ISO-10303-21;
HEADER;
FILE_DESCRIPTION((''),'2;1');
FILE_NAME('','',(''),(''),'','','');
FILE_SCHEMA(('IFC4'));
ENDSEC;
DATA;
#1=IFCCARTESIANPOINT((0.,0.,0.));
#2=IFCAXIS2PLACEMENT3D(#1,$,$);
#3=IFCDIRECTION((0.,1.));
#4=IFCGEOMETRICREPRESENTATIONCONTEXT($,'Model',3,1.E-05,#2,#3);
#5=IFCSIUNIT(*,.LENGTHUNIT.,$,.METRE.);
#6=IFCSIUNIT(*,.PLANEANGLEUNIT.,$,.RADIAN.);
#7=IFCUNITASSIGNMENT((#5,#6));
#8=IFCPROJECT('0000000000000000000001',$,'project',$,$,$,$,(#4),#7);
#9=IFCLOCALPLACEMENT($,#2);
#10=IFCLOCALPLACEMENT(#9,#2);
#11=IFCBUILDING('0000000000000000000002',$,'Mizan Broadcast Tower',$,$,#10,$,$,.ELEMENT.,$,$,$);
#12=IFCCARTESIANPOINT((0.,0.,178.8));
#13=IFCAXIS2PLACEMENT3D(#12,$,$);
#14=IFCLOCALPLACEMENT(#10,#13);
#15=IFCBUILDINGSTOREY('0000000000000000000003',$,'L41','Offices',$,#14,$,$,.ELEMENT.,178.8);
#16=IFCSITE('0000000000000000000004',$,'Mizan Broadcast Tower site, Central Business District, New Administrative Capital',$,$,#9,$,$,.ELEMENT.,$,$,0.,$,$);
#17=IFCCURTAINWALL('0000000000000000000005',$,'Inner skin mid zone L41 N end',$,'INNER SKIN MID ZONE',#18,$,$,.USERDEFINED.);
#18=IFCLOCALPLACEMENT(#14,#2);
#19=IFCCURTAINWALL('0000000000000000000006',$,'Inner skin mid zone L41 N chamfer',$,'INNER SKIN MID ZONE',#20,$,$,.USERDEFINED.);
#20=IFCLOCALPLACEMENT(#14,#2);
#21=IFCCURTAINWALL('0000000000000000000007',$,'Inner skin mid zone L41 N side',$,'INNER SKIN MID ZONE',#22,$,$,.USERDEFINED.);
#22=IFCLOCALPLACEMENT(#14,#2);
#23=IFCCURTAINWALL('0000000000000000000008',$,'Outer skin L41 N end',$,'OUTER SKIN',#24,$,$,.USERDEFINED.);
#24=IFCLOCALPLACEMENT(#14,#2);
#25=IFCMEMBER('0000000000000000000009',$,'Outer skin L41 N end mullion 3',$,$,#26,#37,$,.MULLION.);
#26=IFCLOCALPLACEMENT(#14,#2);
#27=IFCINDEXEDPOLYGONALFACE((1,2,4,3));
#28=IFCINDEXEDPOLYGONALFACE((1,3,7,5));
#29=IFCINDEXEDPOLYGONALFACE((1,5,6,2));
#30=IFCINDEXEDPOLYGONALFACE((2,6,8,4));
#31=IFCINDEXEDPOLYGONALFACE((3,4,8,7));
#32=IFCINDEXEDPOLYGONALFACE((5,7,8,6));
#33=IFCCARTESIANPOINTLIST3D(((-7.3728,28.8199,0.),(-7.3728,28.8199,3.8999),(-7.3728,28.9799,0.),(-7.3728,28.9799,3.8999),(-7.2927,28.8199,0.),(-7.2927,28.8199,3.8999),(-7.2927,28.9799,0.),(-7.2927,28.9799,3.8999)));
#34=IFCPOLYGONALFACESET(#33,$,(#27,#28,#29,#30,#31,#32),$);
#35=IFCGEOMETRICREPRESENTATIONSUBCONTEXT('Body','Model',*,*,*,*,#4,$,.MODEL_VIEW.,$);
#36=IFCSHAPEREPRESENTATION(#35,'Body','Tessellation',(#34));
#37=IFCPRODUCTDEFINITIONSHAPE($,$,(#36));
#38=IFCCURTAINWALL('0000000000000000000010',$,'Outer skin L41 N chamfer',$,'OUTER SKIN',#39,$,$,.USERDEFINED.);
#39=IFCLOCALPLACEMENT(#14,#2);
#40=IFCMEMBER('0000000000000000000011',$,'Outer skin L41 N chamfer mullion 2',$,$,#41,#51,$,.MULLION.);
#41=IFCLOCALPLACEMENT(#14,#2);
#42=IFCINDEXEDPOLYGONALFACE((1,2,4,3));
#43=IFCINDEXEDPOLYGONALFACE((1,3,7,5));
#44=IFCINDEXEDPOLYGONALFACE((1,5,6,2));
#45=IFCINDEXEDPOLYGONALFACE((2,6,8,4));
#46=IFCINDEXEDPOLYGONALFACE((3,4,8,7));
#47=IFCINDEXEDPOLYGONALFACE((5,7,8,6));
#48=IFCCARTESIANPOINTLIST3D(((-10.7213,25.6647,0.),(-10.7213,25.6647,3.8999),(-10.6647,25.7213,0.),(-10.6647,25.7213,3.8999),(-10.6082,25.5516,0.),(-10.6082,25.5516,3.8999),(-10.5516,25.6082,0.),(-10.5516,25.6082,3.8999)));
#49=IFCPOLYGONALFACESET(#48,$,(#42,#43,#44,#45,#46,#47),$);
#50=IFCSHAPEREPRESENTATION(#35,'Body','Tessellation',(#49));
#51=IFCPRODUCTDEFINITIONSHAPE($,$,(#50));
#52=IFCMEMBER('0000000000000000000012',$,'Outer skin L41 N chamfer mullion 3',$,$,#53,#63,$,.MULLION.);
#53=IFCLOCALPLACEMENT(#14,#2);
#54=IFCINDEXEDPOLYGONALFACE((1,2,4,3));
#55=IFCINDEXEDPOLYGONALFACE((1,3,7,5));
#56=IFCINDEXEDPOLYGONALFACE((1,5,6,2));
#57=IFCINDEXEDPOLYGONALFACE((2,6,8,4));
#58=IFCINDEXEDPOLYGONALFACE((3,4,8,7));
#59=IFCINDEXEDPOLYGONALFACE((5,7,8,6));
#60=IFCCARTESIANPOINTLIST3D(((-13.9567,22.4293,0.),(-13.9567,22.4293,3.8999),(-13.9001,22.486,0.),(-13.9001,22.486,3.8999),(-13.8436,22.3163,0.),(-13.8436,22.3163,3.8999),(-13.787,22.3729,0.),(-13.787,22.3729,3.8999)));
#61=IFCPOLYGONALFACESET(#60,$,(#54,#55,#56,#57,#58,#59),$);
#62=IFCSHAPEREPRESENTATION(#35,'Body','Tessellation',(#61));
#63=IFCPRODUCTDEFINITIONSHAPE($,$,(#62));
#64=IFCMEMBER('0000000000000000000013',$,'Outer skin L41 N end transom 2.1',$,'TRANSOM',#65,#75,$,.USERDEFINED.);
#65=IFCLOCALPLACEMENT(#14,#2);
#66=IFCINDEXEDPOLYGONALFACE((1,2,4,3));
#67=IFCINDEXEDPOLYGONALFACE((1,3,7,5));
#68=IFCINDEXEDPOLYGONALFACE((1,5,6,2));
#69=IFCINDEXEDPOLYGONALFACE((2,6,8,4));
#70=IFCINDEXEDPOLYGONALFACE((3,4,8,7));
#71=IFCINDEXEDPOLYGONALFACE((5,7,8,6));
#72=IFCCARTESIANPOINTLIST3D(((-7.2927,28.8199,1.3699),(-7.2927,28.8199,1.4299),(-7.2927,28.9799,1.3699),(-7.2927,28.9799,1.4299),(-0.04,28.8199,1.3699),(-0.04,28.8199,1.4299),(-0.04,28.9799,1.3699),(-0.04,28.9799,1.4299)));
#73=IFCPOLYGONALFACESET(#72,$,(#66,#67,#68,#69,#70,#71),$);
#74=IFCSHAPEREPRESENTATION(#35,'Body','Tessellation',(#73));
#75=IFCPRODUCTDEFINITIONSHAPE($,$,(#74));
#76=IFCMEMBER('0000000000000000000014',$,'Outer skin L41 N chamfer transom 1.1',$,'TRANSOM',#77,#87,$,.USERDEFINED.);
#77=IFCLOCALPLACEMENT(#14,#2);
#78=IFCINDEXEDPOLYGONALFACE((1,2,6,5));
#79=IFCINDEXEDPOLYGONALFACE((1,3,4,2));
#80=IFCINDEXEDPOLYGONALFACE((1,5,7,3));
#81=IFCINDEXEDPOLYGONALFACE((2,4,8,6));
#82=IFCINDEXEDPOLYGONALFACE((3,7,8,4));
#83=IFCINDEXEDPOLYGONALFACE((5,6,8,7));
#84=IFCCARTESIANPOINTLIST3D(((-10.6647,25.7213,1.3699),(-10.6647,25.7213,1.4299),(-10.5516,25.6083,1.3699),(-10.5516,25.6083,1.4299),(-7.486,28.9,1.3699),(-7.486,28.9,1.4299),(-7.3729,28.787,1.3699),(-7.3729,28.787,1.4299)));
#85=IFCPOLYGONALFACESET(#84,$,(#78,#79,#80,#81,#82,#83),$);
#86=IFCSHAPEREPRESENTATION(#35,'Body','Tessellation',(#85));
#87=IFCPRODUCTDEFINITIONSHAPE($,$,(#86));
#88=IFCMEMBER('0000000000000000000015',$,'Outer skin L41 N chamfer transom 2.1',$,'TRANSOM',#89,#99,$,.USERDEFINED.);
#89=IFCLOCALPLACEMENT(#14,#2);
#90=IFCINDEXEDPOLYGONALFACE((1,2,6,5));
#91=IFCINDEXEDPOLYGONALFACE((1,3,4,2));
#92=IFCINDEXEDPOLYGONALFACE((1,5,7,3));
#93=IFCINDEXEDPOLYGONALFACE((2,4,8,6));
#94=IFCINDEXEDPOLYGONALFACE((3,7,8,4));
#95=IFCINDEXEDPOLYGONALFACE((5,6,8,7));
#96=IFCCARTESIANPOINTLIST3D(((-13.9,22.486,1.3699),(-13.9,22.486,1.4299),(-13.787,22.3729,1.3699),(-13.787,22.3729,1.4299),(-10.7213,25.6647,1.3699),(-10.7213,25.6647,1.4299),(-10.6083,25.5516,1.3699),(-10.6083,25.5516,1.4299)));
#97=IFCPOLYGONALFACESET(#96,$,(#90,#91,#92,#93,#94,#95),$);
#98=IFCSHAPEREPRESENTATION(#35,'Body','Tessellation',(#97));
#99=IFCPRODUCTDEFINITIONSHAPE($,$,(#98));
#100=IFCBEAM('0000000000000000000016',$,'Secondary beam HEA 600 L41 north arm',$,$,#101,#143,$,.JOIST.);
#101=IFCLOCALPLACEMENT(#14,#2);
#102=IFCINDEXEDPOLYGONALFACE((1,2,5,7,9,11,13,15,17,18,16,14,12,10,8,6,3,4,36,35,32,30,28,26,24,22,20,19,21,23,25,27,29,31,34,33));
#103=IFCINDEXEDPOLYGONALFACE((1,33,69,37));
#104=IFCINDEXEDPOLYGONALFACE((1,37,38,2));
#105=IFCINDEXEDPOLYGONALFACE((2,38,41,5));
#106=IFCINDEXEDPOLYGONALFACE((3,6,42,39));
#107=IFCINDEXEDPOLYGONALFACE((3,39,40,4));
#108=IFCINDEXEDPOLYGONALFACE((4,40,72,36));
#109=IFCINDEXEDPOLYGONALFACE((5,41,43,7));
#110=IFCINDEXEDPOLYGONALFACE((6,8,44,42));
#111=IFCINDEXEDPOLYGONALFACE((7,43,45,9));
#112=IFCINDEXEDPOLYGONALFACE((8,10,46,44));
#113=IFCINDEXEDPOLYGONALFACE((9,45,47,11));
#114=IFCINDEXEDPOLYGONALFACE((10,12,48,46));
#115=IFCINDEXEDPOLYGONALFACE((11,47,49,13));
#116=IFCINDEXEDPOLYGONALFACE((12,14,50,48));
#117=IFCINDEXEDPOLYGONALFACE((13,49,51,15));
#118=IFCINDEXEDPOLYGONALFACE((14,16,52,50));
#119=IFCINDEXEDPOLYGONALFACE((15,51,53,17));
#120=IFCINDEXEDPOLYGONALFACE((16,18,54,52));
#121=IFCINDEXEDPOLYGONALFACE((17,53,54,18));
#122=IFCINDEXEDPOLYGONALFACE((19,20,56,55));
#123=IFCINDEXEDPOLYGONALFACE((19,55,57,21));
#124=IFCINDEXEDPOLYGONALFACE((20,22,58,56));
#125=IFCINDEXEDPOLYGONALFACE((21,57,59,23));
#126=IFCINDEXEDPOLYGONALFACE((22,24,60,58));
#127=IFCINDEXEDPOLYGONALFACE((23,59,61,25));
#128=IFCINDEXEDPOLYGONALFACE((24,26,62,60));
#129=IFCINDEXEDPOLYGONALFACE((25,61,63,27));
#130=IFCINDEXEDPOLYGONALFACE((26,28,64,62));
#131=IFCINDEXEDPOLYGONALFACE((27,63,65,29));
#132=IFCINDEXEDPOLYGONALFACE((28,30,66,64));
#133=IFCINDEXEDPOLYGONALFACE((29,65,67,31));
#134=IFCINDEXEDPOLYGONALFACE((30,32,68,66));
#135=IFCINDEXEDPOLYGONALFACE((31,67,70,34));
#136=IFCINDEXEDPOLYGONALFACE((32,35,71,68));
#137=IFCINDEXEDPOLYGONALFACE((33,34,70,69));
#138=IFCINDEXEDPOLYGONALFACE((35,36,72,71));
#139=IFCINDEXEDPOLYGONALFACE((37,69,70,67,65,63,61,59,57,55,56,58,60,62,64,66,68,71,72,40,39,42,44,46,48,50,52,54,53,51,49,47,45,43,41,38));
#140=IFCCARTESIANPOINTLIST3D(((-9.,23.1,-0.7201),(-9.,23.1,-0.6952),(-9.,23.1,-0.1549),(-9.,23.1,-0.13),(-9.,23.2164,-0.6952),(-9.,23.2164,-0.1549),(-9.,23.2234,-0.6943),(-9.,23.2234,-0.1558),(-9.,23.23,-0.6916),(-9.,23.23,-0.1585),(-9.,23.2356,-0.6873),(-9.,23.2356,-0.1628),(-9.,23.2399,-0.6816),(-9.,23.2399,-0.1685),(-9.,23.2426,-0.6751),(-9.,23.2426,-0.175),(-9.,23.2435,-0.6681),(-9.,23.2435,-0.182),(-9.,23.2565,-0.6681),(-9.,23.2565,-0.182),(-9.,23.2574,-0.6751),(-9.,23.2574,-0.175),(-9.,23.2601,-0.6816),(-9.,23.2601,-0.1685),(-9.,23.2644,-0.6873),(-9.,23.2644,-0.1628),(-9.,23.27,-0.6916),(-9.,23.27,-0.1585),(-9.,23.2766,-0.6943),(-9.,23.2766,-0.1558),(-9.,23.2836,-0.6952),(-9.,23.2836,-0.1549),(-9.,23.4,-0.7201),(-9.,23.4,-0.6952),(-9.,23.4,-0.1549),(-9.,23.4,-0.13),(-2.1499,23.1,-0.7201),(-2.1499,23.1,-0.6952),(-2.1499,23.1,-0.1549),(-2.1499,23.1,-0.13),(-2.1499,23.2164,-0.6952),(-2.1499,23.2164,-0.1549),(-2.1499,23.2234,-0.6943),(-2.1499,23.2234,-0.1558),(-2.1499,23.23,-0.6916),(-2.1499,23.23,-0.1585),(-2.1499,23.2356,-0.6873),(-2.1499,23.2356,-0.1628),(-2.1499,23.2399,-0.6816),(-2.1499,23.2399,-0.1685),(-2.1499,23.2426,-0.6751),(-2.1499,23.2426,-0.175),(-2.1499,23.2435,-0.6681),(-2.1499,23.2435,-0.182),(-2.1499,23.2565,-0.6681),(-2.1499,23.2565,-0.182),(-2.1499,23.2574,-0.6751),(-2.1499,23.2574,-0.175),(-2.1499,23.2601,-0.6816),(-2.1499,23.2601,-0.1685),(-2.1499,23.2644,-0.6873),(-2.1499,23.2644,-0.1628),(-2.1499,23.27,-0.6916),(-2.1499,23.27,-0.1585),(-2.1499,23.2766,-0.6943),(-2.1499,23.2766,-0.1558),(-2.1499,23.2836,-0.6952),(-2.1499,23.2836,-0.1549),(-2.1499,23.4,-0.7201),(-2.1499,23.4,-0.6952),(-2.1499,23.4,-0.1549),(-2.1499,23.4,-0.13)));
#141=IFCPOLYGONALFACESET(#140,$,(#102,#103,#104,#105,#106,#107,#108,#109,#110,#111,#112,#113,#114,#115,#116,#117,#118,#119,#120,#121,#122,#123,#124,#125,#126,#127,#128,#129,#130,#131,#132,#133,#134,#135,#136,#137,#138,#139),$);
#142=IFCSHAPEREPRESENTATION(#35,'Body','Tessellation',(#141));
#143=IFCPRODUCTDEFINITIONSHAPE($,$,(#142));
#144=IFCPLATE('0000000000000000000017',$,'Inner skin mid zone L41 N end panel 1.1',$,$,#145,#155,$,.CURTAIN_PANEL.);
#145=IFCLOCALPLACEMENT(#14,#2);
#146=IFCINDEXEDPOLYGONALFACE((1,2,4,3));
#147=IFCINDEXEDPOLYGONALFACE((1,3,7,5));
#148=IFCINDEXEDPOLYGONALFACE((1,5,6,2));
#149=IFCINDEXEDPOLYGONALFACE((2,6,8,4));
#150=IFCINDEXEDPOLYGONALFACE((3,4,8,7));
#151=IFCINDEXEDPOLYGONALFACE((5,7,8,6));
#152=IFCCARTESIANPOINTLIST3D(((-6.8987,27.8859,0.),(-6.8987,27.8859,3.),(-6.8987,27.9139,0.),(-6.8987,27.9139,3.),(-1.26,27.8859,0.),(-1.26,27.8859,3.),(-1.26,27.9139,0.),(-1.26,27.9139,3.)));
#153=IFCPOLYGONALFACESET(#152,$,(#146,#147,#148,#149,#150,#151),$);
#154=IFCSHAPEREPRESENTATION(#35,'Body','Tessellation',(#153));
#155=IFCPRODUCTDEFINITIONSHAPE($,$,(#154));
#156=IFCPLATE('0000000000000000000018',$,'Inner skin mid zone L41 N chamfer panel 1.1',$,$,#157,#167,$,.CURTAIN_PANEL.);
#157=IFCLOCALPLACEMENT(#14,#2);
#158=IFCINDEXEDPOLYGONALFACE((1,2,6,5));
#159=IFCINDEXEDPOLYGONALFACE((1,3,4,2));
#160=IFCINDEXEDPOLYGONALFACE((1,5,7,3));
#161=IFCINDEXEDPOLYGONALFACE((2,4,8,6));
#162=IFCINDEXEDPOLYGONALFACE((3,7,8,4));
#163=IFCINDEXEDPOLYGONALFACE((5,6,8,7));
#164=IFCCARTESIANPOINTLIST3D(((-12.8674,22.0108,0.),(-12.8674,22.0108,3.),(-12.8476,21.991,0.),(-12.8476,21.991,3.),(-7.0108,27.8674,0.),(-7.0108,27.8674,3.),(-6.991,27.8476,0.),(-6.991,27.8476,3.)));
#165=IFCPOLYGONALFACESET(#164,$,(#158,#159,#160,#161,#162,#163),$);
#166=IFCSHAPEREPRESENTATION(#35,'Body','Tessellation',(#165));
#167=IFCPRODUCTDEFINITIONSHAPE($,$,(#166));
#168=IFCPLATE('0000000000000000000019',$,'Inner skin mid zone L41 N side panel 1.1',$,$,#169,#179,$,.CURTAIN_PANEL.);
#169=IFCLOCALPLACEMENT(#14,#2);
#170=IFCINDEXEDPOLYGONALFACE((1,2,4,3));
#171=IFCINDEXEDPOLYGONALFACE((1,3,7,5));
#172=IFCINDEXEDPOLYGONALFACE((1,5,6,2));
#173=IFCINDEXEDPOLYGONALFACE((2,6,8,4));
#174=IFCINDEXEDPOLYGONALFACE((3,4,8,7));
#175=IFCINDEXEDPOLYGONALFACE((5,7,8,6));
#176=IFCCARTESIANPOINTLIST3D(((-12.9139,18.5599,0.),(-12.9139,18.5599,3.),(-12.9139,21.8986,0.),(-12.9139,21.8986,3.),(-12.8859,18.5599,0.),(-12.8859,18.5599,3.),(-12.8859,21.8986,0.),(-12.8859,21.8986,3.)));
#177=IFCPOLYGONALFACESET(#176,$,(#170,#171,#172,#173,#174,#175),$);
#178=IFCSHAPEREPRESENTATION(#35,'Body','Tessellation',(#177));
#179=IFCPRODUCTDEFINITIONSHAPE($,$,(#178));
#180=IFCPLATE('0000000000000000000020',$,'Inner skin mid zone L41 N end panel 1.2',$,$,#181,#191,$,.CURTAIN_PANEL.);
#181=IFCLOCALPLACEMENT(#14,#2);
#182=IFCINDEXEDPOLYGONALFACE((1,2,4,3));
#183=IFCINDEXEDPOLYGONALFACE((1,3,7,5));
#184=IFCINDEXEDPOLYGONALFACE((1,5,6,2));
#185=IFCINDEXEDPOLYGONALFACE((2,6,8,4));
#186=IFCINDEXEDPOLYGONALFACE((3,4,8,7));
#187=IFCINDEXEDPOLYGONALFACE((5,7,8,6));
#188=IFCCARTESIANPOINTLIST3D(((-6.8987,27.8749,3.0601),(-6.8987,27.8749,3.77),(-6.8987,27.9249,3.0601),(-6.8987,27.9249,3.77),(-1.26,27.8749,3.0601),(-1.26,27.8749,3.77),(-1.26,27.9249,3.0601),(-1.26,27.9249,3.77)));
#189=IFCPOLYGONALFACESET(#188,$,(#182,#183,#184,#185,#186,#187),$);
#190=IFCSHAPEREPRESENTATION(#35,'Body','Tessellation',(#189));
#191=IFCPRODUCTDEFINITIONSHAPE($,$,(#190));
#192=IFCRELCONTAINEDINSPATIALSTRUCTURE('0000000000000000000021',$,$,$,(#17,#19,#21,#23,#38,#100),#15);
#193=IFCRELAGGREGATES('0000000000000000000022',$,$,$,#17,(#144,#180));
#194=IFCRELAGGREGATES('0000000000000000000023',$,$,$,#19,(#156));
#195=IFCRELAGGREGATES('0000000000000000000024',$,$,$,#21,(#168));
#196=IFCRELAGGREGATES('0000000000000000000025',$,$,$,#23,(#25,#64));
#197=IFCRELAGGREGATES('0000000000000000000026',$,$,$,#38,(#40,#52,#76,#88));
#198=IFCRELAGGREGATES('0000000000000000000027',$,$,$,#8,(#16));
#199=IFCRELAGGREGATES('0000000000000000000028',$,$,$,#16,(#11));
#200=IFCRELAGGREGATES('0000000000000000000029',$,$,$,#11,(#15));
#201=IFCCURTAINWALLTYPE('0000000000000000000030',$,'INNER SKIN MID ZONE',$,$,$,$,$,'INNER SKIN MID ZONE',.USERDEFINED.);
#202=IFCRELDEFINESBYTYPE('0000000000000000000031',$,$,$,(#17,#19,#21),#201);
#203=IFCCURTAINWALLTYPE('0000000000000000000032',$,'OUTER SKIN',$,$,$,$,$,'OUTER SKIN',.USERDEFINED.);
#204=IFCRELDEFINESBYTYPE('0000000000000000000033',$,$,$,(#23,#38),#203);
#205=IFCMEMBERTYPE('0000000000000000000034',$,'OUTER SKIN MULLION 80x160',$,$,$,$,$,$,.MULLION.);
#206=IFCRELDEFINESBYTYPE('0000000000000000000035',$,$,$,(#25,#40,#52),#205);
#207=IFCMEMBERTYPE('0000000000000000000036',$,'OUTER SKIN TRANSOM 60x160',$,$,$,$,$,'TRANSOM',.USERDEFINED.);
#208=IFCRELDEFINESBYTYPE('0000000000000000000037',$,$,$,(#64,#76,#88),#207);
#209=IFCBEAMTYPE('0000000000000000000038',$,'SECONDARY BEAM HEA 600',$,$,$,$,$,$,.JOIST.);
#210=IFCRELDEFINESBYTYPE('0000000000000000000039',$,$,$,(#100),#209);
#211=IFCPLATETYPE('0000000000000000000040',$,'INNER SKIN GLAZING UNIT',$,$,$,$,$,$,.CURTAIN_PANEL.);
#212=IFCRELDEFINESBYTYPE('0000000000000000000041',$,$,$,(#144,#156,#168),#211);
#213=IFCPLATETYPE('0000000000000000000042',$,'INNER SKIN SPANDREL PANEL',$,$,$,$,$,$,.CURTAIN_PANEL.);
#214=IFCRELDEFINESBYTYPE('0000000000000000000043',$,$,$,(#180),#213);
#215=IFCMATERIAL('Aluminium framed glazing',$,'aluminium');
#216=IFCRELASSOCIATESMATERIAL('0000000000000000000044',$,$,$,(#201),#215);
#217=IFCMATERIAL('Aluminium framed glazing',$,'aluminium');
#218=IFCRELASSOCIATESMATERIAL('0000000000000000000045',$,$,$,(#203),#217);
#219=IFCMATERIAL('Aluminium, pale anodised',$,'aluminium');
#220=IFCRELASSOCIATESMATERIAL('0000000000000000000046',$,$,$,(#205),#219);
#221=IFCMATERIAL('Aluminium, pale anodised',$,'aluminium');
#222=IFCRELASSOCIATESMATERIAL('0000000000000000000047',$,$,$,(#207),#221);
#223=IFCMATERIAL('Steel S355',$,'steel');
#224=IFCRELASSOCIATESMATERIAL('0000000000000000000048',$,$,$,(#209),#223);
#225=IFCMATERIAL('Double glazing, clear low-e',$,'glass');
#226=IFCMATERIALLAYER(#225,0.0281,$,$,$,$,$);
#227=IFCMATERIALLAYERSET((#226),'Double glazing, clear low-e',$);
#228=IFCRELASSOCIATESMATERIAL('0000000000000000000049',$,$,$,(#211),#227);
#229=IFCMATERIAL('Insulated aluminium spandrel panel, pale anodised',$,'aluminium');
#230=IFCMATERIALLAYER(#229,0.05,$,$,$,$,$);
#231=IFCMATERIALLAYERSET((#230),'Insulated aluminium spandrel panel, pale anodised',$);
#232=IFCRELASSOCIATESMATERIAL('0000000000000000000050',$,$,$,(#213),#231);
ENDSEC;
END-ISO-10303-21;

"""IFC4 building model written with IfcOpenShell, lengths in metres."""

from ifc_helpers import new_model, si_unit, direction, frame, origin, origin_2d, place, context, subcontext, project, spatial, rectangle, i_section, extrude, material, layer, layer_set, material_profile, profile_set, type_object, element, aggregate, save


model = new_model("IFC4")

# Units and contexts
model_context = context("Model", 3, precision=1e-05, world=origin(), true_north=direction((0.0, 1.0)))
body_context = subcontext(model_context, "Body", "Model", "MODEL_VIEW")
ifc_project = project(units=[si_unit("LENGTHUNIT", "METRE"), si_unit("PLANEANGLEUNIT", "RADIAN")], contexts=[model_context])

# Site, building, storey
site_placement = place(None, origin())
site = spatial("IfcSite", under=ifc_project, at=site_placement, Name="Mizan Broadcast Tower site, Central Business District, New Administrative Capital", CompositionType="ELEMENT", RefElevation=0.0)
building_placement = place(site_placement, origin())
building = spatial("IfcBuilding", under=site, at=building_placement, Name="Mizan Broadcast Tower", CompositionType="ELEMENT")
storey_placement = place(building_placement, frame((0.0, 0.0, 178.8)))
storey = spatial("IfcBuildingStorey", under=building, at=storey_placement, Name="L41", Description="Offices", CompositionType="ELEMENT", Elevation=178.8)

# Curtain wall
ifc_material_1 = material(Name="Aluminium framed glazing", Category="aluminium")
curtain_wall_type_1 = type_object("IfcCurtainWallType", Name="INNER SKIN MID ZONE", ElementType="INNER SKIN MID ZONE", PredefinedType="USERDEFINED", material=ifc_material_1)
curtain_wall_1_placement = place(storey_placement, origin())
curtain_wall_1 = element("IfcCurtainWall", 1, at=curtain_wall_1_placement, inside=storey, type_object=curtain_wall_type_1, Name="Inner skin mid zone L41 N end", ObjectType="INNER SKIN MID ZONE", PredefinedType="USERDEFINED")

# Curtain wall
curtain_wall_2_placement = place(storey_placement, origin())
curtain_wall_2 = element("IfcCurtainWall", 2, at=curtain_wall_2_placement, inside=storey, type_object=curtain_wall_type_1, Name="Inner skin mid zone L41 N chamfer", ObjectType="INNER SKIN MID ZONE", PredefinedType="USERDEFINED")

# Curtain walls, member
curtain_wall_3_placement = place(storey_placement, origin())
curtain_wall_3 = element("IfcCurtainWall", 3, at=curtain_wall_3_placement, inside=storey, type_object=curtain_wall_type_1, Name="Inner skin mid zone L41 N side", ObjectType="INNER SKIN MID ZONE", PredefinedType="USERDEFINED")
ifc_material_2 = material(Name="Aluminium framed glazing", Category="aluminium")
curtain_wall_type_2 = type_object("IfcCurtainWallType", Name="OUTER SKIN", ElementType="OUTER SKIN", PredefinedType="USERDEFINED", material=ifc_material_2)
curtain_wall_4_placement = place(storey_placement, origin())
curtain_wall_4 = element("IfcCurtainWall", 4, at=curtain_wall_4_placement, inside=storey, type_object=curtain_wall_type_2, Name="Outer skin L41 N end", ObjectType="OUTER SKIN", PredefinedType="USERDEFINED")
ifc_material_3 = material(Name="Aluminium, pale anodised", Category="aluminium")
ifc_material_profile_1 = material_profile(ifc_material_3, rectangle(XDim=0.1599, YDim=0.0801, at=origin_2d()), Name="MULLION 160x80")
ifc_profile_set_1 = profile_set([ifc_material_profile_1], Name="Aluminium, pale anodised")
member_type_1 = type_object("IfcMemberType", Name="OUTER SKIN MULLION 80x160", PredefinedType="MULLION", material=ifc_profile_set_1)
member_1_placement = place(storey_placement, frame((-7.3328, 28.8999, 0.0), z_axis=(0.0, 0.0, 1.0), x_axis=(0.0, -1.0, 0.0)))
member_1 = element("IfcMember", 5, at=member_1_placement, type_object=member_type_1, Name="Outer skin L41 N end mullion 3", PredefinedType="MULLION", context=body_context, shape_type="SweptSolid", body=[
    extrude(rectangle(XDim=0.1599, YDim=0.0801, at=origin_2d()), origin(), (0.0, 0.0, 1.0), 3.8999),
])

# Curtain wall, members
curtain_wall_5_placement = place(storey_placement, origin())
curtain_wall_5 = element("IfcCurtainWall", 6, at=curtain_wall_5_placement, inside=storey, type_object=curtain_wall_type_2, Name="Outer skin L41 N chamfer", ObjectType="OUTER SKIN", PredefinedType="USERDEFINED")
member_2_placement = place(storey_placement, frame((-10.6365, 25.6365, 0.0), z_axis=(0.0, 0.0, 1.0), x_axis=(0.707107, -0.707107, 0.0)))
member_2 = element("IfcMember", 7, at=member_2_placement, type_object=member_type_1, Name="Outer skin L41 N chamfer mullion 2", PredefinedType="MULLION", context=body_context, shape_type="SweptSolid", body=[
    extrude(rectangle(XDim=0.1599, YDim=0.0801, at=origin_2d()), origin(), (0.0, 0.0, 1.0), 3.8999),
])
member_3_placement = place(storey_placement, frame((-13.8718, 22.4011, 0.0), z_axis=(0.0, 0.0, 1.0), x_axis=(0.707107, -0.707107, 0.0)))
member_3 = element("IfcMember", 8, at=member_3_placement, type_object=member_type_1, Name="Outer skin L41 N chamfer mullion 3", PredefinedType="MULLION", context=body_context, shape_type="SweptSolid", body=[
    extrude(rectangle(XDim=0.1599, YDim=0.0801, at=origin_2d()), origin(), (0.0, 0.0, 1.0), 3.8999),
])

# Members
ifc_material_4 = material(Name="Aluminium, pale anodised", Category="aluminium")
ifc_material_profile_2 = material_profile(ifc_material_4, rectangle(XDim=0.1599, YDim=0.0601, at=origin_2d()), Name="TRANSOM 160x60")
ifc_profile_set_2 = profile_set([ifc_material_profile_2], Name="Aluminium, pale anodised")
member_type_2 = type_object("IfcMemberType", Name="OUTER SKIN TRANSOM 60x160", ElementType="TRANSOM", PredefinedType="USERDEFINED", material=ifc_profile_set_2)
member_4_placement = place(storey_placement, frame((-0.04, 28.8999, 1.3999), z_axis=(-1.0, 0.0, 0.0), x_axis=(0.0, -1.0, 0.0)))
member_4 = element("IfcMember", 9, at=member_4_placement, type_object=member_type_2, Name="Outer skin L41 N end transom 2.1", ObjectType="TRANSOM", PredefinedType="USERDEFINED", context=body_context, shape_type="SweptSolid", body=[
    extrude(rectangle(XDim=0.1599, YDim=0.0601, at=origin_2d()), origin(), (0.0, 0.0, 1.0), 7.2527),
])
member_5_placement = place(storey_placement, frame((-7.4294, 28.8435, 1.3999), z_axis=(-0.707107, -0.707107, 0.0), x_axis=(0.707107, -0.707107, 0.0)))
member_5 = element("IfcMember", 10, at=member_5_placement, type_object=member_type_2, Name="Outer skin L41 N chamfer transom 1.1", ObjectType="TRANSOM", PredefinedType="USERDEFINED", context=body_context, shape_type="SweptSolid", body=[
    extrude(rectangle(XDim=0.1599, YDim=0.0601, at=origin_2d()), origin(), (0.0, 0.0, 1.0), 4.4954),
])
member_6_placement = place(storey_placement, frame((-10.6648, 25.6082, 1.3999), z_axis=(-0.707107, -0.707107, 0.0), x_axis=(0.707107, -0.707107, 0.0)))
member_6 = element("IfcMember", 11, at=member_6_placement, type_object=member_type_2, Name="Outer skin L41 N chamfer transom 2.1", ObjectType="TRANSOM", PredefinedType="USERDEFINED", context=body_context, shape_type="SweptSolid", body=[
    extrude(rectangle(XDim=0.1599, YDim=0.0601, at=origin_2d()), origin(), (0.0, 0.0, 1.0), 4.4954),
])

# Beam
ifc_material_5 = material(Name="Steel S355", Category="steel")
ifc_material_profile_3 = material_profile(ifc_material_5, i_section(OverallWidth=0.3, OverallDepth=0.5901, WebThickness=0.0129, FlangeThickness=0.0249, FilletRadius=0.0271, at=origin_2d()), Name="HEA 600")
ifc_profile_set_3 = profile_set([ifc_material_profile_3], Name="Steel S355")
beam_type_1 = type_object("IfcBeamType", Name="SECONDARY BEAM HEA 600", PredefinedType="JOIST", material=ifc_profile_set_3)
beam_1_placement = place(storey_placement, frame((-9.0, 23.25, -0.425), z_axis=(1.0, 0.0, 0.0), x_axis=(0.0, 1.0, 0.0)))
element("IfcBeam", 12, at=beam_1_placement, inside=storey, type_object=beam_type_1, Name="Secondary beam HEA 600 L41 north arm", PredefinedType="JOIST", context=body_context, shape_type="SweptSolid", body=[
    extrude(i_section(OverallWidth=0.3, OverallDepth=0.5901, WebThickness=0.0129, FlangeThickness=0.0249, FilletRadius=0.0271, at=origin_2d()), origin(), (0.0, 0.0, 1.0), 6.8501),
])

# Plates
ifc_material_6 = material(Name="Double glazing, clear low-e", Category="glass")
ifc_layer_1 = layer(ifc_material_6, 0.0281)
ifc_layer_set_1 = layer_set([ifc_layer_1], Name="Double glazing, clear low-e")
plate_type_1 = type_object("IfcPlateType", Name="INNER SKIN GLAZING UNIT", PredefinedType="CURTAIN_PANEL", material=ifc_layer_set_1)
plate_1_placement = place(storey_placement, frame((-4.0793, 27.8999, 0.0), z_axis=(0.0, 0.0, 1.0), x_axis=(-1.0, 0.0, 0.0)))
plate_1 = element("IfcPlate", 13, at=plate_1_placement, type_object=plate_type_1, Name="Inner skin mid zone L41 N end panel 1.1", PredefinedType="CURTAIN_PANEL", context=body_context, shape_type="SweptSolid", body=[
    extrude(rectangle(XDim=5.6387, YDim=0.0281, at=origin_2d()), origin(), (0.0, 0.0, 1.0), 3.0),
])
plate_2_placement = place(storey_placement, frame((-9.9292, 24.9292, 0.0), z_axis=(0.0, 0.0, 1.0), x_axis=(-0.707107, -0.707107, 0.0)))
plate_2 = element("IfcPlate", 14, at=plate_2_placement, type_object=plate_type_1, Name="Inner skin mid zone L41 N chamfer panel 1.1", PredefinedType="CURTAIN_PANEL", context=body_context, shape_type="SweptSolid", body=[
    extrude(rectangle(XDim=8.2825, YDim=0.0281, at=origin_2d()), origin(), (0.0, 0.0, 1.0), 3.0),
])
plate_3_placement = place(storey_placement, frame((-12.8999, 20.2292, 0.0), z_axis=(0.0, 0.0, 1.0), x_axis=(0.0, -1.0, 0.0)))
plate_3 = element("IfcPlate", 15, at=plate_3_placement, type_object=plate_type_1, Name="Inner skin mid zone L41 N side panel 1.1", PredefinedType="CURTAIN_PANEL", context=body_context, shape_type="SweptSolid", body=[
    extrude(rectangle(XDim=3.3386, YDim=0.0281, at=origin_2d()), origin(), (0.0, 0.0, 1.0), 3.0),
])
ifc_material_7 = material(Name="Insulated aluminium spandrel panel, pale anodised", Category="aluminium")
ifc_layer_2 = layer(ifc_material_7, 0.05)
ifc_layer_set_2 = layer_set([ifc_layer_2], Name="Insulated aluminium spandrel panel, pale anodised")
plate_type_2 = type_object("IfcPlateType", Name="INNER SKIN SPANDREL PANEL", PredefinedType="CURTAIN_PANEL", material=ifc_layer_set_2)
plate_4_placement = place(storey_placement, frame((-4.0793, 27.8999, 3.0601), z_axis=(0.0, 0.0, 1.0), x_axis=(-1.0, 0.0, 0.0)))
plate_4 = element("IfcPlate", 16, at=plate_4_placement, type_object=plate_type_2, Name="Inner skin mid zone L41 N end panel 1.2", PredefinedType="CURTAIN_PANEL", context=body_context, shape_type="SweptSolid", body=[
    extrude(rectangle(XDim=5.6387, YDim=0.05, at=origin_2d()), origin(), (0.0, 0.0, 1.0), 0.71),
])
aggregate(curtain_wall_1, [plate_1, plate_4])
aggregate(curtain_wall_2, [plate_2])
aggregate(curtain_wall_3, [plate_3])
aggregate(curtain_wall_4, [member_1, member_4])
aggregate(curtain_wall_5, [member_2, member_3, member_5, member_6])

save(model, "model.ifc")
